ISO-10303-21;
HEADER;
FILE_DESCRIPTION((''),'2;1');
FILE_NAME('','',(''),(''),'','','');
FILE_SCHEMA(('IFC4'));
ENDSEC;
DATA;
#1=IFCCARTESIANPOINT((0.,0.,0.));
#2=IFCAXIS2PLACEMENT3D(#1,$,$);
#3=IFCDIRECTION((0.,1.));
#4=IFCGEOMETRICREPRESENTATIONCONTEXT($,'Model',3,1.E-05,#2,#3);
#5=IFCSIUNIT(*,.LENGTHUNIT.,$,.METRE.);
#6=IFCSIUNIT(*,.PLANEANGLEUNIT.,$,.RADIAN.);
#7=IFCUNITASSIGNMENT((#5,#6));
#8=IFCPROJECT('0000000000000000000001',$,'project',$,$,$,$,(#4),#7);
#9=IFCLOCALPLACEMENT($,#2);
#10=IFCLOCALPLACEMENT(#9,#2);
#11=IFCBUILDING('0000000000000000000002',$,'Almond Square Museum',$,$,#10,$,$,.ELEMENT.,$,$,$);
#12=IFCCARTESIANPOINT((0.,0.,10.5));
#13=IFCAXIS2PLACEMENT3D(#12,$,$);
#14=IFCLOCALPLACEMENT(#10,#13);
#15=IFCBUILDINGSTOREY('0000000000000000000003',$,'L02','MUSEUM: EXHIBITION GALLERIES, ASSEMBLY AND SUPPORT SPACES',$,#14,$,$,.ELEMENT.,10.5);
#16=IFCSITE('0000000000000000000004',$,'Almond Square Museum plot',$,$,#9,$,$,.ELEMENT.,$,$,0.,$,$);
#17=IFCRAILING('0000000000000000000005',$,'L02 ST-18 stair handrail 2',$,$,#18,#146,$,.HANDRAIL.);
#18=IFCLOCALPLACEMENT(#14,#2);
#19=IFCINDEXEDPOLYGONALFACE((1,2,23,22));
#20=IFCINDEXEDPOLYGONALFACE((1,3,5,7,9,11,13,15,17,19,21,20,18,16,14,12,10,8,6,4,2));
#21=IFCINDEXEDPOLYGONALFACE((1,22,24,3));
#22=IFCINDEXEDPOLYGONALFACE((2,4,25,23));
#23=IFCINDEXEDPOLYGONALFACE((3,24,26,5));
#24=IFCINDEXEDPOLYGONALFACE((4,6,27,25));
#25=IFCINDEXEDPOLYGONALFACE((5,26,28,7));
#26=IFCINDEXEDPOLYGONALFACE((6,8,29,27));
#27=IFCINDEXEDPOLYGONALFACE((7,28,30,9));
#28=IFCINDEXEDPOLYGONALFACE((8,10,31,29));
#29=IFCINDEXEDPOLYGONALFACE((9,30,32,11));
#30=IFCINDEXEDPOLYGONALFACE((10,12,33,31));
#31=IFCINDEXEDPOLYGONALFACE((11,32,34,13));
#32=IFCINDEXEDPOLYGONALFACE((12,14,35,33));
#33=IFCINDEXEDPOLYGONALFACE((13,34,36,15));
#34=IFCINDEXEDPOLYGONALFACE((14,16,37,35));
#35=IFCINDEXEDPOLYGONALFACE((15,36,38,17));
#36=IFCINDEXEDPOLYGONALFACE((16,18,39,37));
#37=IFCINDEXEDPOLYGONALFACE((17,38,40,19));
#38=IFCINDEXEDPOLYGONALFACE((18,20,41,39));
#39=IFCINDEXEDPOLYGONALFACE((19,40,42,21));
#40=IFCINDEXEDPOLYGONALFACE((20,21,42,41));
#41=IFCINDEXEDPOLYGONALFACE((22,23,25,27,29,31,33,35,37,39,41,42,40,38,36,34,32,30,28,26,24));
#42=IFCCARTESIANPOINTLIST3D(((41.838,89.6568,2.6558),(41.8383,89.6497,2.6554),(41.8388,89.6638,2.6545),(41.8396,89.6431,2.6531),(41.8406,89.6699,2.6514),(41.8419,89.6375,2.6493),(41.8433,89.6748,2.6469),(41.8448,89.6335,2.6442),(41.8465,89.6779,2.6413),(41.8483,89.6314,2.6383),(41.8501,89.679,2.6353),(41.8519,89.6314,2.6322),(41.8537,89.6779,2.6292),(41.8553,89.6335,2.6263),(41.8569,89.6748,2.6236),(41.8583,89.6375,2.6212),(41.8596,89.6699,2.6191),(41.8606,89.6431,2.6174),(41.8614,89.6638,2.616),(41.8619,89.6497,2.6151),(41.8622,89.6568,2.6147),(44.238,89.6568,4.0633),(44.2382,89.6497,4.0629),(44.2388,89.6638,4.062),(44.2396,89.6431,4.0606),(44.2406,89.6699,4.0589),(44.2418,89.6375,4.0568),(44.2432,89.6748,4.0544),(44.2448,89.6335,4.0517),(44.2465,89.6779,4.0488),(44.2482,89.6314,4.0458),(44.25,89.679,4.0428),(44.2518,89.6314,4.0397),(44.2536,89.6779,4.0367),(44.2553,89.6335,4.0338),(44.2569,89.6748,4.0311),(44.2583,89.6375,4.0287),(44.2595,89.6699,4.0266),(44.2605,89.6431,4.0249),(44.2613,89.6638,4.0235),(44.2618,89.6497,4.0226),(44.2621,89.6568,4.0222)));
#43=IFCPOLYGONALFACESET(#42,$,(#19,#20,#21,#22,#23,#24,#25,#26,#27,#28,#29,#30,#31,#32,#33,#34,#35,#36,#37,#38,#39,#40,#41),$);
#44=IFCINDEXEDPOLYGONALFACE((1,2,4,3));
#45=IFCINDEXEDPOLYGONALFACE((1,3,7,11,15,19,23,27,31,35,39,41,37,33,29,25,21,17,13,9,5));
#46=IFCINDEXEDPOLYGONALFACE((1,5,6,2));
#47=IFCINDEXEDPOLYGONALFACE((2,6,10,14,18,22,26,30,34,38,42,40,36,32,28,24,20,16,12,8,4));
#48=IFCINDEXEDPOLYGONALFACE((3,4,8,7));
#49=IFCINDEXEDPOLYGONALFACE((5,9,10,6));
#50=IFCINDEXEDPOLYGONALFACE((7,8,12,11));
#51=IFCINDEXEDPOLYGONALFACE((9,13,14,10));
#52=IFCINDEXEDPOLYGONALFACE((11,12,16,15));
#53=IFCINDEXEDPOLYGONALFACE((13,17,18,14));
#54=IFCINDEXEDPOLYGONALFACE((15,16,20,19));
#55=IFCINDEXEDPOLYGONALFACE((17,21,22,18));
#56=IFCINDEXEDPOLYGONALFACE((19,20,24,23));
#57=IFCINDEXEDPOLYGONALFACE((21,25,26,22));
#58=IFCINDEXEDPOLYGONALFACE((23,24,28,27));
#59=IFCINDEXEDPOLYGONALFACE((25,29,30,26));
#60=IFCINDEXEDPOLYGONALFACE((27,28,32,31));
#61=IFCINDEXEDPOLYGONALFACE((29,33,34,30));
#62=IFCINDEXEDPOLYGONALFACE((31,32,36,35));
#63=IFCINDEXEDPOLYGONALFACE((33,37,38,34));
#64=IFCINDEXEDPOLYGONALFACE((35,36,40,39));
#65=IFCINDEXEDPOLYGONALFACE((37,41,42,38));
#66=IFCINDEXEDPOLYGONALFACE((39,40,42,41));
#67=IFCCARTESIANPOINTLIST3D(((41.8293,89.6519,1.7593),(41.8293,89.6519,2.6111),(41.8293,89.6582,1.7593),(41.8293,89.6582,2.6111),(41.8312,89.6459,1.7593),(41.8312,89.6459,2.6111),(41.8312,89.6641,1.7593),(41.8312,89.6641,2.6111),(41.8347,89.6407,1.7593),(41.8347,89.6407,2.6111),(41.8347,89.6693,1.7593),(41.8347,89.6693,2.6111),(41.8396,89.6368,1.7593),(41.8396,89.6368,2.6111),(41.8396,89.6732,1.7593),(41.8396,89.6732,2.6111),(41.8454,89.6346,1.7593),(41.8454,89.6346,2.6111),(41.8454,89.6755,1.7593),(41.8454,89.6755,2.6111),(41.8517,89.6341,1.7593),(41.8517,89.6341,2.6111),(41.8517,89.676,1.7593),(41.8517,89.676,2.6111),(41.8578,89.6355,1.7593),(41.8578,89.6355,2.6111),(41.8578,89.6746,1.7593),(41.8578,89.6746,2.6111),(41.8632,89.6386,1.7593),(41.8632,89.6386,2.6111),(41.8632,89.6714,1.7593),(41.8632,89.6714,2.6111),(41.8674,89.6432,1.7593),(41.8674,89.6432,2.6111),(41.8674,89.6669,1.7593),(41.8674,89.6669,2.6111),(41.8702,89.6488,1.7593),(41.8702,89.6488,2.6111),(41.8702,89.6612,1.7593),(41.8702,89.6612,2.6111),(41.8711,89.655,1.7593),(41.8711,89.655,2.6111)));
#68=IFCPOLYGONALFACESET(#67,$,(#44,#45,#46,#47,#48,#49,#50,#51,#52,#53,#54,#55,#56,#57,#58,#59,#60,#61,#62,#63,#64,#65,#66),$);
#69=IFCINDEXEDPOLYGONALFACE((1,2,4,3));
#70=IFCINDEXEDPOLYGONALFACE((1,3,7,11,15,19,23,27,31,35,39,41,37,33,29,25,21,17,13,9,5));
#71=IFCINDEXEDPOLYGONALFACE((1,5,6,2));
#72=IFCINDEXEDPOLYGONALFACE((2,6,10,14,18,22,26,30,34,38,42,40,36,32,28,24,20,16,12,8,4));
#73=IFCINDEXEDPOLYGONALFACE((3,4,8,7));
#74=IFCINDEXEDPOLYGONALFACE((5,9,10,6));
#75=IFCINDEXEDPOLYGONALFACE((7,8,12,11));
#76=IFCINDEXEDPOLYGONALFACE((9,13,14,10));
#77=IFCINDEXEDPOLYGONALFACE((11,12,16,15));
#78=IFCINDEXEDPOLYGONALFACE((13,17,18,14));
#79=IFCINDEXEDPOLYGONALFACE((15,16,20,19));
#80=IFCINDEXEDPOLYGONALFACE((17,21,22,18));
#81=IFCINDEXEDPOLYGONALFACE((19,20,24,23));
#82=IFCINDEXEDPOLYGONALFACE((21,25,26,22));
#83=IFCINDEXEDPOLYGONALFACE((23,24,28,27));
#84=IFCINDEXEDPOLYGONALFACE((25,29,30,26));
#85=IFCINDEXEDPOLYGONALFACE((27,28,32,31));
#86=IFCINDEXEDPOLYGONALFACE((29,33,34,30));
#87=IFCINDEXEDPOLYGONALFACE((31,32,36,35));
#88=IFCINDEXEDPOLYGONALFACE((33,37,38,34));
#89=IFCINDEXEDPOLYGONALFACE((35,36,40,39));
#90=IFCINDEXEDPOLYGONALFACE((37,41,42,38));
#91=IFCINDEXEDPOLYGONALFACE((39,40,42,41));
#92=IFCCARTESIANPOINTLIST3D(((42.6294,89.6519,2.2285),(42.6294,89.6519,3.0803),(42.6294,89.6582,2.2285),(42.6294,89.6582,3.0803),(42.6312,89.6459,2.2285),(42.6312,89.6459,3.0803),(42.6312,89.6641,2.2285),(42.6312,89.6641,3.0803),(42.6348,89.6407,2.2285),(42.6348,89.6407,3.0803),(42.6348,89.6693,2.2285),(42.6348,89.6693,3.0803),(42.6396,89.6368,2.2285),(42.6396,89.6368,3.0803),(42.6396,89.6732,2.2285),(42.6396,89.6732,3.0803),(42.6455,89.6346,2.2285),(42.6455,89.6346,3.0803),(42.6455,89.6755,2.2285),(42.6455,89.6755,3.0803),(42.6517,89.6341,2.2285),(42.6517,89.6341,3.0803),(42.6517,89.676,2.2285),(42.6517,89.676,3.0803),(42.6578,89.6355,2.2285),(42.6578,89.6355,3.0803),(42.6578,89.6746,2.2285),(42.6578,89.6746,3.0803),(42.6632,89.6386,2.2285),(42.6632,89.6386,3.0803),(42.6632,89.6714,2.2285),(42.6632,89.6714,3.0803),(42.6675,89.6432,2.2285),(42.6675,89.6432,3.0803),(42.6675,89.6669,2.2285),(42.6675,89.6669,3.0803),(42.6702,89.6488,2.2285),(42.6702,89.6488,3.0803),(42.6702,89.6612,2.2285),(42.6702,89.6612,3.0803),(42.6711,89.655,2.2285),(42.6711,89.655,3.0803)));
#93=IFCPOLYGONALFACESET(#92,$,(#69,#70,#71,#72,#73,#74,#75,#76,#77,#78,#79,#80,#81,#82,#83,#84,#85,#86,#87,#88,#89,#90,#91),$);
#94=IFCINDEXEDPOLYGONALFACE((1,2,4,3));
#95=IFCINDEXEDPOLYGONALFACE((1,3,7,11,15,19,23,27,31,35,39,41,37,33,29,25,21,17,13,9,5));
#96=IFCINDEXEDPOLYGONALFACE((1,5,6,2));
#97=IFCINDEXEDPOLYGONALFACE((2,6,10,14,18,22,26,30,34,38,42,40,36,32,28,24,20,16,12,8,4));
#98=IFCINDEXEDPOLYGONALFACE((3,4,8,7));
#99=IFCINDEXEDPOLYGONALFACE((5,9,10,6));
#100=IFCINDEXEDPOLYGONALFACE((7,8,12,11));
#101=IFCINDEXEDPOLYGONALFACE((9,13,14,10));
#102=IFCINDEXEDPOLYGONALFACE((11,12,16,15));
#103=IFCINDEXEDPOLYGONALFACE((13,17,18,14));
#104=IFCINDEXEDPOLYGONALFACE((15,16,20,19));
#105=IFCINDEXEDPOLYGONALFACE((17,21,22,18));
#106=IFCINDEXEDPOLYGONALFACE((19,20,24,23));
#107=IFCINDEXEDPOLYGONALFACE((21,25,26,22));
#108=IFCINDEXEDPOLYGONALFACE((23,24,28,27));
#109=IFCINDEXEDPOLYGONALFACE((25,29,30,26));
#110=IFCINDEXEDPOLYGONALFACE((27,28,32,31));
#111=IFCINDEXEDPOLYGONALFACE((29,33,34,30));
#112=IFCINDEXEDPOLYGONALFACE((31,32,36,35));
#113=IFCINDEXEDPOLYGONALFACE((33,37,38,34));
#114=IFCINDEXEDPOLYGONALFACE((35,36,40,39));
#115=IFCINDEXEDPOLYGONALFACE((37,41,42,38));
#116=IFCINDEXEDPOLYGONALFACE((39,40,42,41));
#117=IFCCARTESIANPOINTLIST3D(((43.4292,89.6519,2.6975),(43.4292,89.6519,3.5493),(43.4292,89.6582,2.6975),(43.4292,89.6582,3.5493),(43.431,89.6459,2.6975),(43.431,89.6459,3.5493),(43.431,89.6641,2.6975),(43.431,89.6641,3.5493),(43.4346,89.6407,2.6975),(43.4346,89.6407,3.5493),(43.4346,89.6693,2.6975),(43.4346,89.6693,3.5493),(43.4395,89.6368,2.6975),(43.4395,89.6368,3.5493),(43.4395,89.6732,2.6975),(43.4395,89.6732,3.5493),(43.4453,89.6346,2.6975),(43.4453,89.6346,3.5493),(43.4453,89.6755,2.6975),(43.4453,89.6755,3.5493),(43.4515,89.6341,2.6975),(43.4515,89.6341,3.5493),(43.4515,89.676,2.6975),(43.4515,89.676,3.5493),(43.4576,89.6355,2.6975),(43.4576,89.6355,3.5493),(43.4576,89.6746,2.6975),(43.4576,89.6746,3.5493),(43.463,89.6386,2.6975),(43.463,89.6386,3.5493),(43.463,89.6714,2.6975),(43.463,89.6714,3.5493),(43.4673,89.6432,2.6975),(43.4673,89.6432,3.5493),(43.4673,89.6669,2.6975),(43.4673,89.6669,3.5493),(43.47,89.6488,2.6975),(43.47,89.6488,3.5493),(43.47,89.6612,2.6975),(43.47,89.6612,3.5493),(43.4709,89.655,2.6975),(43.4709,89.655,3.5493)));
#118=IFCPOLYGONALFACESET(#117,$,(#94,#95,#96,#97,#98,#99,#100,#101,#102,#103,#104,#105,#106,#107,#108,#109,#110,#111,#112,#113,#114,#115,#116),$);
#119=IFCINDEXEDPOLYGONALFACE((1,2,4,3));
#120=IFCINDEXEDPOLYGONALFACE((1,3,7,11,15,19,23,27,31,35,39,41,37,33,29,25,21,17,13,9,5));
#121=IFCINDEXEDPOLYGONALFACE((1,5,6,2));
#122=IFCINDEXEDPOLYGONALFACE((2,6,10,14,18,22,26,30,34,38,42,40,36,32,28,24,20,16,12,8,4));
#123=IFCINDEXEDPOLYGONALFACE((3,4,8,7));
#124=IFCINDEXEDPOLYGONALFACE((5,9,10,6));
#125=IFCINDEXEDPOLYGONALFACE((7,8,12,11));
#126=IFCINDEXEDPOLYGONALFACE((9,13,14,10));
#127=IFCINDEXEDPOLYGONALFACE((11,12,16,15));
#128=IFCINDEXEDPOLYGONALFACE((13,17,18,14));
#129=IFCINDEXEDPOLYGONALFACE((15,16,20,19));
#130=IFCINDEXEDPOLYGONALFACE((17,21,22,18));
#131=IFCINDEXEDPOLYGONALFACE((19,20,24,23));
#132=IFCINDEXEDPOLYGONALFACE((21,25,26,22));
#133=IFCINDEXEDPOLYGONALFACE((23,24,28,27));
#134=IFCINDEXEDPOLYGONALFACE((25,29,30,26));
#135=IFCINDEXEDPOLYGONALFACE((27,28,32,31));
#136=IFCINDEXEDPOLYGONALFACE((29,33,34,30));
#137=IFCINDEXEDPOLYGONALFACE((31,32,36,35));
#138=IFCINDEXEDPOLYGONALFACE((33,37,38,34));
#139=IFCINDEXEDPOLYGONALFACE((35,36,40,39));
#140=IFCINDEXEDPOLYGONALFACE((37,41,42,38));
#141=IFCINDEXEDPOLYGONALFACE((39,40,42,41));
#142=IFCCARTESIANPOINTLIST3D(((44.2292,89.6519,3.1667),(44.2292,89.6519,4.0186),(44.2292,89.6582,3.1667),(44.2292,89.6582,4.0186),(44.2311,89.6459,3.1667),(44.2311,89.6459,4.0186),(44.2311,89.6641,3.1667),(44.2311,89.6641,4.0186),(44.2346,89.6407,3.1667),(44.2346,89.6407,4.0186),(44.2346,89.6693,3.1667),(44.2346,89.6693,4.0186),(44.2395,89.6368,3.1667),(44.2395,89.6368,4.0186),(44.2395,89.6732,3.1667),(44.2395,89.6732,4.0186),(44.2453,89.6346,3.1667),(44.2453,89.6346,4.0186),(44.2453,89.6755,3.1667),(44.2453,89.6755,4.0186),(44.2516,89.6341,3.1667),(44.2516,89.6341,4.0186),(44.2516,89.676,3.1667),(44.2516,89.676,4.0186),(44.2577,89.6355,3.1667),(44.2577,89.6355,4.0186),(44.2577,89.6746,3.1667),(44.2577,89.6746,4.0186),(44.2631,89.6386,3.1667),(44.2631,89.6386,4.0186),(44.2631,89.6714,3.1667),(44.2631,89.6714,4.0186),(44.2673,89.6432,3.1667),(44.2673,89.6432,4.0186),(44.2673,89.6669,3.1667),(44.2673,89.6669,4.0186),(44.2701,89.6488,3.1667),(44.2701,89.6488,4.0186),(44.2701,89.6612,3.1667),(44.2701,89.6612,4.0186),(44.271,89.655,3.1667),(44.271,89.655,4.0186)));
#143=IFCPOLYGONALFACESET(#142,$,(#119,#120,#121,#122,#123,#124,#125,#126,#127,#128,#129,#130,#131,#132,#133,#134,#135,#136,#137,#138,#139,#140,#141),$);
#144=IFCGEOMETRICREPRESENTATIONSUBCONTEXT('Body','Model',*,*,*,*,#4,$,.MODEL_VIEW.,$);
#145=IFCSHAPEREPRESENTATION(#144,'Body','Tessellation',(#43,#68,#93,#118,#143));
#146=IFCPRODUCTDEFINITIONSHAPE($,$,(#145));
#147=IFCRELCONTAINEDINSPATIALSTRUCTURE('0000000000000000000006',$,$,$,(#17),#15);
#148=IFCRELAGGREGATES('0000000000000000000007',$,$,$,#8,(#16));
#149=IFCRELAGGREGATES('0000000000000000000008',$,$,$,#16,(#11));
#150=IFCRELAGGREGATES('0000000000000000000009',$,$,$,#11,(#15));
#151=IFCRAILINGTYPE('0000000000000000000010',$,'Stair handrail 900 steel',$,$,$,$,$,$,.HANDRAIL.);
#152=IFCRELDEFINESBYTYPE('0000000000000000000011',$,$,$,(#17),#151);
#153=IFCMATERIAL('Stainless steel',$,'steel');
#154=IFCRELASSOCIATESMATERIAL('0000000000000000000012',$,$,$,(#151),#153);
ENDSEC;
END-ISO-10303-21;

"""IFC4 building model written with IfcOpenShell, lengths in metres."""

from ifc_helpers import new_model, si_unit, direction, frame, origin, origin_2d, place, context, subcontext, project, spatial, circle, extrude, material, type_object, element, save


model = new_model("IFC4")

# Units and contexts
model_context = context("Model", 3, precision=1e-05, world=origin(), true_north=direction((0.0, 1.0)))
body_context = subcontext(model_context, "Body", "Model", "MODEL_VIEW")
ifc_project = project(units=[si_unit("LENGTHUNIT", "METRE"), si_unit("PLANEANGLEUNIT", "RADIAN")], contexts=[model_context])

# Site, building, storey
site_placement = place(None, origin())
site = spatial("IfcSite", under=ifc_project, at=site_placement, Name="Almond Square Museum plot", CompositionType="ELEMENT", RefElevation=0.0)
building_placement = place(site_placement, origin())
building = spatial("IfcBuilding", under=site, at=building_placement, Name="Almond Square Museum", CompositionType="ELEMENT")
storey_placement = place(building_placement, frame((0.0, 0.0, 10.5)))
storey = spatial("IfcBuildingStorey", under=building, at=storey_placement, Name="L02", Description="MUSEUM: EXHIBITION GALLERIES, ASSEMBLY AND SUPPORT SPACES", CompositionType="ELEMENT", Elevation=10.5)

# Railing
ifc_material_1 = material(Name="Stainless steel", Category="steel")
railing_type_1 = type_object("IfcRailingType", Name="Stair handrail 900 steel", PredefinedType="HANDRAIL", material=ifc_material_1)
for number, where, name in (
    (1, (41.8501, 89.655, 1.7593), "L02 ST-18 stair handrail 2"),
):
    element("IfcRailing", number, at=place(storey_placement, frame(where)), inside=storey, type_object=railing_type_1, Name=name, PredefinedType="HANDRAIL", context=body_context, shape_type="SweptSolid", body=[
        extrude(circle(Radius=0.0239, at=origin_2d()), frame((0.0, 0.0, 0.876), z_axis=(0.862599, 0.0, 0.505888), x_axis=(0.0, 1.0, 0.0)), (0.0, 0.0, 1.0), 2.7822),
        extrude(circle(Radius=0.021, at=origin_2d()), origin(), (0.0, 0.0, 1.0), 0.8518),
        extrude(circle(Radius=0.021, at=origin_2d()), frame((0.8, 0.0, 0.4692)), (0.0, 0.0, 1.0), 0.8518),
        extrude(circle(Radius=0.021, at=origin_2d()), frame((1.5999, 0.0, 0.9382)), (0.0, 0.0, 1.0), 0.8518),
        extrude(circle(Radius=0.021, at=origin_2d()), frame((2.3999, 0.0, 1.4075)), (0.0, 0.0, 1.0), 0.8518),
    ])

save(model, "model.ifc")
